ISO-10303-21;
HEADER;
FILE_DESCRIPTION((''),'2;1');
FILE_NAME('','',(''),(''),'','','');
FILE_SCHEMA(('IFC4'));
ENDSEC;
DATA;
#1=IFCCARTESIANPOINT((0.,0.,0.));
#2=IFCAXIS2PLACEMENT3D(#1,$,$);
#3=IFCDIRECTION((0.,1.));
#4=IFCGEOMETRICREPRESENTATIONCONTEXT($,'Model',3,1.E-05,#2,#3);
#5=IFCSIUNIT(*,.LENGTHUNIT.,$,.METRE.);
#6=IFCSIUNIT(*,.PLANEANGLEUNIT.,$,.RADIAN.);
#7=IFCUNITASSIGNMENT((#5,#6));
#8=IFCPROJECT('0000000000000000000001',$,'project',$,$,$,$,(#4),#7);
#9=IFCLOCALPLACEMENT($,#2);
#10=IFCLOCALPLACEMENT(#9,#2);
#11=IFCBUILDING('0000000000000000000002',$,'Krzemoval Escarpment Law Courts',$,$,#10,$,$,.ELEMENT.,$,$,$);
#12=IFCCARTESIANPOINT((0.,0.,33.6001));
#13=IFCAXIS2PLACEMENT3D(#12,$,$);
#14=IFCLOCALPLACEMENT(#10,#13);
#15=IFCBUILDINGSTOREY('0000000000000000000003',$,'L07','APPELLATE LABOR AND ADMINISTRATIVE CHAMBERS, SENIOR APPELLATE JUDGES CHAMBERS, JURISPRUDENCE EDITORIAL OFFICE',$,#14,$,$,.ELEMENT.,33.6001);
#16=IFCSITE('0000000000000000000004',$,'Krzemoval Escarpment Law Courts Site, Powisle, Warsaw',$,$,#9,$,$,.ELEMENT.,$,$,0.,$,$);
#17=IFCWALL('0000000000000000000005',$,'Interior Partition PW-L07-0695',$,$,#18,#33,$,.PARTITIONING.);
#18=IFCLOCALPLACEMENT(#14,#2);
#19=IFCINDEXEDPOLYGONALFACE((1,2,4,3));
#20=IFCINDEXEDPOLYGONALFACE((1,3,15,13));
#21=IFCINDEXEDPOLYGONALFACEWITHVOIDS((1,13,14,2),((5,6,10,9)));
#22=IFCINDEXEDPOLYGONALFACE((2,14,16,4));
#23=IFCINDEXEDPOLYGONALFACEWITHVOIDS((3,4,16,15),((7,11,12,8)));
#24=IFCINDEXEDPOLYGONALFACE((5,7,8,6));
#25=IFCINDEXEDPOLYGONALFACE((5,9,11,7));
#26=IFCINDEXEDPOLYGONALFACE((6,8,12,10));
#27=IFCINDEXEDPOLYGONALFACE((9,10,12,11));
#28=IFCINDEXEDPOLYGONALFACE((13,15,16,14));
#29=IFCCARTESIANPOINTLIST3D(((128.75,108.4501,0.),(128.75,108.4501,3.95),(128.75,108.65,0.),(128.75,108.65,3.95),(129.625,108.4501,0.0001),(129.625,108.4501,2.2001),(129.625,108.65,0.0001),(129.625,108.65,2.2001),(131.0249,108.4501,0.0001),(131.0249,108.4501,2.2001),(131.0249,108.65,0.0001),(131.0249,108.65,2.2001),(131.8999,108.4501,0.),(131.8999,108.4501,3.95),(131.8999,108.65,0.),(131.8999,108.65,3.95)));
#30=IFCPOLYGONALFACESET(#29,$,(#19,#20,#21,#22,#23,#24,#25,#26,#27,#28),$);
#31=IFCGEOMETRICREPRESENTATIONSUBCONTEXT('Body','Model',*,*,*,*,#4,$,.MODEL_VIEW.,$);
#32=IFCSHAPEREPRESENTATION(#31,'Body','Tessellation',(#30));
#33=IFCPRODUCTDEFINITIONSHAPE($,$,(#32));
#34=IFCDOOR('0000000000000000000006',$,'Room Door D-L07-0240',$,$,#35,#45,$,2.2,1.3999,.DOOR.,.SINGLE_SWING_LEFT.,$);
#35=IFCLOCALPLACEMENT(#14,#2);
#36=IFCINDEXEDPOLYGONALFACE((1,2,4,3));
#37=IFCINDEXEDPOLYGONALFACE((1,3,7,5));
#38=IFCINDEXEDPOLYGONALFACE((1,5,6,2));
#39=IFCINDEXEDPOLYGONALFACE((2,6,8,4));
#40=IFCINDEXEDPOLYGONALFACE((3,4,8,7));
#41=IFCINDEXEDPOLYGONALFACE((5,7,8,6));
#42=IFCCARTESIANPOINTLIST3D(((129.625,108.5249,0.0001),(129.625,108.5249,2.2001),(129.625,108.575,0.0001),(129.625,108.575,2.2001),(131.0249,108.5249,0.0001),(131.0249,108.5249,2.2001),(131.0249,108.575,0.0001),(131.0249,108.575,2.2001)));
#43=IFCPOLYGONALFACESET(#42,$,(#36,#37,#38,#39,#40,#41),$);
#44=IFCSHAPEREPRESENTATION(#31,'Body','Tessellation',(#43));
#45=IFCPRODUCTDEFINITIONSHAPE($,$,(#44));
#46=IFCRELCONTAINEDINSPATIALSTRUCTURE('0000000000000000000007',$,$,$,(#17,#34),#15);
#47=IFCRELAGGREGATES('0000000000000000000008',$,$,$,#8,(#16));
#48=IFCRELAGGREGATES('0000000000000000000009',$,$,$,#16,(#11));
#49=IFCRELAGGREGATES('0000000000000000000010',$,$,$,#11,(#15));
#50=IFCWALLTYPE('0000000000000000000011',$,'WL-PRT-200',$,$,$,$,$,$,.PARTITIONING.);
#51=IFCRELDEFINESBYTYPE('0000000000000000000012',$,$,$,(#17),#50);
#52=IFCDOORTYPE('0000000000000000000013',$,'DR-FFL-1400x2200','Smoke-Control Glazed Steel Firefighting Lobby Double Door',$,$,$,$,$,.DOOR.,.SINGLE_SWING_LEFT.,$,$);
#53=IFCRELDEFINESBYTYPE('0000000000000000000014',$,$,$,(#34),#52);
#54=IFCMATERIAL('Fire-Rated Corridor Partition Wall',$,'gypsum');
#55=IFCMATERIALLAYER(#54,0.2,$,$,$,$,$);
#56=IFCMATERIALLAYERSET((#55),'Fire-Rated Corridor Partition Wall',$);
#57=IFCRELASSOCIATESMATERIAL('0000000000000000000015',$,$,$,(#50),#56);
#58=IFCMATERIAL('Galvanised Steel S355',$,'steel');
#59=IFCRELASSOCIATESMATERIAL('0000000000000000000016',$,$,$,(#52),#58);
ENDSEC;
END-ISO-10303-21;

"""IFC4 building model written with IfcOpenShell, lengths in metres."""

from ifc_helpers import new_model, si_unit, direction, frame, frame_2d, origin, place, context, subcontext, project, spatial, rectangle, extrude, material, layer, layer_set, type_object, element, fill, save


model = new_model("IFC4")

# Units and contexts
model_context = context("Model", 3, precision=1e-05, world=origin(), true_north=direction((0.0, 1.0)))
body_context = subcontext(model_context, "Body", "Model", "MODEL_VIEW")
ifc_project = project(units=[si_unit("LENGTHUNIT", "METRE"), si_unit("PLANEANGLEUNIT", "RADIAN")], contexts=[model_context])

# Site, building, storey
site_placement = place(None, origin())
site = spatial("IfcSite", under=ifc_project, at=site_placement, Name="Krzemoval Escarpment Law Courts Site, Powisle, Warsaw", CompositionType="ELEMENT", RefElevation=0.0)
building_placement = place(site_placement, origin())
building = spatial("IfcBuilding", under=site, at=building_placement, Name="Krzemoval Escarpment Law Courts", CompositionType="ELEMENT")
storey_placement = place(building_placement, frame((0.0, 0.0, 33.6001)))
storey = spatial("IfcBuildingStorey", under=building, at=storey_placement, Name="L07", Description="APPELLATE LABOR AND ADMINISTRATIVE CHAMBERS, SENIOR APPELLATE JUDGES CHAMBERS, JURISPRUDENCE EDITORIAL OFFICE", CompositionType="ELEMENT", Elevation=33.6001)

# Wall, opening, door
ifc_material_1 = material(Name="Fire-Rated Corridor Partition Wall", Category="gypsum")
ifc_layer_1 = layer(ifc_material_1, 0.2)
ifc_layer_set_1 = layer_set([ifc_layer_1], Name="Fire-Rated Corridor Partition Wall")
wall_type_1 = type_object("IfcWallType", Name="WL-PRT-200", PredefinedType="PARTITIONING", material=ifc_layer_set_1)
wall_1_placement = place(storey_placement, frame((128.75, 108.55, 0.0), z_axis=(0.0, 0.0, 1.0), x_axis=(1.0, 0.0, 0.0)))
wall_1 = element("IfcWall", 1, at=wall_1_placement, inside=storey, type_object=wall_type_1, Name="Interior Partition PW-L07-0695", PredefinedType="PARTITIONING", context=body_context, shape_type="SweptSolid", body=[
    extrude(rectangle(XDim=3.1499, YDim=0.2, at=frame_2d((1.575, 0.0))), origin(), (0.0, 0.0, 1.0), 3.95),
])
opening_1_placement = place(wall_1_placement, frame((0.875, 0.0, 0.0)))
opening_1 = element("IfcOpeningElement", 2, at=opening_1_placement, cuts=wall_1, PredefinedType="OPENING", context=body_context, shape_type="SweptSolid", body=[
    extrude(rectangle(XDim=1.3999, YDim=2.2, at=frame_2d((0.7, 1.1001))), frame((0.0, 0.115, 0.0), z_axis=(0.0, -1.0, 0.0), x_axis=(1.0, 0.0, 0.0)), (0.0, 0.0, 1.0), 0.2299),
])
ifc_material_2 = material(Name="Galvanised Steel S355", Category="steel")
door_type_1 = type_object("IfcDoorType", Name="DR-FFL-1400x2200", Description="Smoke-Control Glazed Steel Firefighting Lobby Double Door", OperationType="SINGLE_SWING_LEFT", PredefinedType="DOOR", material=ifc_material_2)
door_1_placement = place(opening_1_placement, origin())
door_1 = element("IfcDoor", 3, at=door_1_placement, inside=storey, type_object=door_type_1, Name="Room Door D-L07-0240", OperationType="SINGLE_SWING_LEFT", OverallHeight=2.2, OverallWidth=1.3999, PredefinedType="DOOR", context=body_context, shape_type="SweptSolid", body=[
    extrude(rectangle(XDim=1.3999, YDim=2.2, at=frame_2d((0.7, 1.1001))), frame((0.0, 0.0249, 0.0), z_axis=(0.0, -1.0, 0.0), x_axis=(1.0, 0.0, 0.0)), (0.0, 0.0, 1.0), 0.05),
])
fill(opening_1, door_1)

save(model, "model.ifc")
